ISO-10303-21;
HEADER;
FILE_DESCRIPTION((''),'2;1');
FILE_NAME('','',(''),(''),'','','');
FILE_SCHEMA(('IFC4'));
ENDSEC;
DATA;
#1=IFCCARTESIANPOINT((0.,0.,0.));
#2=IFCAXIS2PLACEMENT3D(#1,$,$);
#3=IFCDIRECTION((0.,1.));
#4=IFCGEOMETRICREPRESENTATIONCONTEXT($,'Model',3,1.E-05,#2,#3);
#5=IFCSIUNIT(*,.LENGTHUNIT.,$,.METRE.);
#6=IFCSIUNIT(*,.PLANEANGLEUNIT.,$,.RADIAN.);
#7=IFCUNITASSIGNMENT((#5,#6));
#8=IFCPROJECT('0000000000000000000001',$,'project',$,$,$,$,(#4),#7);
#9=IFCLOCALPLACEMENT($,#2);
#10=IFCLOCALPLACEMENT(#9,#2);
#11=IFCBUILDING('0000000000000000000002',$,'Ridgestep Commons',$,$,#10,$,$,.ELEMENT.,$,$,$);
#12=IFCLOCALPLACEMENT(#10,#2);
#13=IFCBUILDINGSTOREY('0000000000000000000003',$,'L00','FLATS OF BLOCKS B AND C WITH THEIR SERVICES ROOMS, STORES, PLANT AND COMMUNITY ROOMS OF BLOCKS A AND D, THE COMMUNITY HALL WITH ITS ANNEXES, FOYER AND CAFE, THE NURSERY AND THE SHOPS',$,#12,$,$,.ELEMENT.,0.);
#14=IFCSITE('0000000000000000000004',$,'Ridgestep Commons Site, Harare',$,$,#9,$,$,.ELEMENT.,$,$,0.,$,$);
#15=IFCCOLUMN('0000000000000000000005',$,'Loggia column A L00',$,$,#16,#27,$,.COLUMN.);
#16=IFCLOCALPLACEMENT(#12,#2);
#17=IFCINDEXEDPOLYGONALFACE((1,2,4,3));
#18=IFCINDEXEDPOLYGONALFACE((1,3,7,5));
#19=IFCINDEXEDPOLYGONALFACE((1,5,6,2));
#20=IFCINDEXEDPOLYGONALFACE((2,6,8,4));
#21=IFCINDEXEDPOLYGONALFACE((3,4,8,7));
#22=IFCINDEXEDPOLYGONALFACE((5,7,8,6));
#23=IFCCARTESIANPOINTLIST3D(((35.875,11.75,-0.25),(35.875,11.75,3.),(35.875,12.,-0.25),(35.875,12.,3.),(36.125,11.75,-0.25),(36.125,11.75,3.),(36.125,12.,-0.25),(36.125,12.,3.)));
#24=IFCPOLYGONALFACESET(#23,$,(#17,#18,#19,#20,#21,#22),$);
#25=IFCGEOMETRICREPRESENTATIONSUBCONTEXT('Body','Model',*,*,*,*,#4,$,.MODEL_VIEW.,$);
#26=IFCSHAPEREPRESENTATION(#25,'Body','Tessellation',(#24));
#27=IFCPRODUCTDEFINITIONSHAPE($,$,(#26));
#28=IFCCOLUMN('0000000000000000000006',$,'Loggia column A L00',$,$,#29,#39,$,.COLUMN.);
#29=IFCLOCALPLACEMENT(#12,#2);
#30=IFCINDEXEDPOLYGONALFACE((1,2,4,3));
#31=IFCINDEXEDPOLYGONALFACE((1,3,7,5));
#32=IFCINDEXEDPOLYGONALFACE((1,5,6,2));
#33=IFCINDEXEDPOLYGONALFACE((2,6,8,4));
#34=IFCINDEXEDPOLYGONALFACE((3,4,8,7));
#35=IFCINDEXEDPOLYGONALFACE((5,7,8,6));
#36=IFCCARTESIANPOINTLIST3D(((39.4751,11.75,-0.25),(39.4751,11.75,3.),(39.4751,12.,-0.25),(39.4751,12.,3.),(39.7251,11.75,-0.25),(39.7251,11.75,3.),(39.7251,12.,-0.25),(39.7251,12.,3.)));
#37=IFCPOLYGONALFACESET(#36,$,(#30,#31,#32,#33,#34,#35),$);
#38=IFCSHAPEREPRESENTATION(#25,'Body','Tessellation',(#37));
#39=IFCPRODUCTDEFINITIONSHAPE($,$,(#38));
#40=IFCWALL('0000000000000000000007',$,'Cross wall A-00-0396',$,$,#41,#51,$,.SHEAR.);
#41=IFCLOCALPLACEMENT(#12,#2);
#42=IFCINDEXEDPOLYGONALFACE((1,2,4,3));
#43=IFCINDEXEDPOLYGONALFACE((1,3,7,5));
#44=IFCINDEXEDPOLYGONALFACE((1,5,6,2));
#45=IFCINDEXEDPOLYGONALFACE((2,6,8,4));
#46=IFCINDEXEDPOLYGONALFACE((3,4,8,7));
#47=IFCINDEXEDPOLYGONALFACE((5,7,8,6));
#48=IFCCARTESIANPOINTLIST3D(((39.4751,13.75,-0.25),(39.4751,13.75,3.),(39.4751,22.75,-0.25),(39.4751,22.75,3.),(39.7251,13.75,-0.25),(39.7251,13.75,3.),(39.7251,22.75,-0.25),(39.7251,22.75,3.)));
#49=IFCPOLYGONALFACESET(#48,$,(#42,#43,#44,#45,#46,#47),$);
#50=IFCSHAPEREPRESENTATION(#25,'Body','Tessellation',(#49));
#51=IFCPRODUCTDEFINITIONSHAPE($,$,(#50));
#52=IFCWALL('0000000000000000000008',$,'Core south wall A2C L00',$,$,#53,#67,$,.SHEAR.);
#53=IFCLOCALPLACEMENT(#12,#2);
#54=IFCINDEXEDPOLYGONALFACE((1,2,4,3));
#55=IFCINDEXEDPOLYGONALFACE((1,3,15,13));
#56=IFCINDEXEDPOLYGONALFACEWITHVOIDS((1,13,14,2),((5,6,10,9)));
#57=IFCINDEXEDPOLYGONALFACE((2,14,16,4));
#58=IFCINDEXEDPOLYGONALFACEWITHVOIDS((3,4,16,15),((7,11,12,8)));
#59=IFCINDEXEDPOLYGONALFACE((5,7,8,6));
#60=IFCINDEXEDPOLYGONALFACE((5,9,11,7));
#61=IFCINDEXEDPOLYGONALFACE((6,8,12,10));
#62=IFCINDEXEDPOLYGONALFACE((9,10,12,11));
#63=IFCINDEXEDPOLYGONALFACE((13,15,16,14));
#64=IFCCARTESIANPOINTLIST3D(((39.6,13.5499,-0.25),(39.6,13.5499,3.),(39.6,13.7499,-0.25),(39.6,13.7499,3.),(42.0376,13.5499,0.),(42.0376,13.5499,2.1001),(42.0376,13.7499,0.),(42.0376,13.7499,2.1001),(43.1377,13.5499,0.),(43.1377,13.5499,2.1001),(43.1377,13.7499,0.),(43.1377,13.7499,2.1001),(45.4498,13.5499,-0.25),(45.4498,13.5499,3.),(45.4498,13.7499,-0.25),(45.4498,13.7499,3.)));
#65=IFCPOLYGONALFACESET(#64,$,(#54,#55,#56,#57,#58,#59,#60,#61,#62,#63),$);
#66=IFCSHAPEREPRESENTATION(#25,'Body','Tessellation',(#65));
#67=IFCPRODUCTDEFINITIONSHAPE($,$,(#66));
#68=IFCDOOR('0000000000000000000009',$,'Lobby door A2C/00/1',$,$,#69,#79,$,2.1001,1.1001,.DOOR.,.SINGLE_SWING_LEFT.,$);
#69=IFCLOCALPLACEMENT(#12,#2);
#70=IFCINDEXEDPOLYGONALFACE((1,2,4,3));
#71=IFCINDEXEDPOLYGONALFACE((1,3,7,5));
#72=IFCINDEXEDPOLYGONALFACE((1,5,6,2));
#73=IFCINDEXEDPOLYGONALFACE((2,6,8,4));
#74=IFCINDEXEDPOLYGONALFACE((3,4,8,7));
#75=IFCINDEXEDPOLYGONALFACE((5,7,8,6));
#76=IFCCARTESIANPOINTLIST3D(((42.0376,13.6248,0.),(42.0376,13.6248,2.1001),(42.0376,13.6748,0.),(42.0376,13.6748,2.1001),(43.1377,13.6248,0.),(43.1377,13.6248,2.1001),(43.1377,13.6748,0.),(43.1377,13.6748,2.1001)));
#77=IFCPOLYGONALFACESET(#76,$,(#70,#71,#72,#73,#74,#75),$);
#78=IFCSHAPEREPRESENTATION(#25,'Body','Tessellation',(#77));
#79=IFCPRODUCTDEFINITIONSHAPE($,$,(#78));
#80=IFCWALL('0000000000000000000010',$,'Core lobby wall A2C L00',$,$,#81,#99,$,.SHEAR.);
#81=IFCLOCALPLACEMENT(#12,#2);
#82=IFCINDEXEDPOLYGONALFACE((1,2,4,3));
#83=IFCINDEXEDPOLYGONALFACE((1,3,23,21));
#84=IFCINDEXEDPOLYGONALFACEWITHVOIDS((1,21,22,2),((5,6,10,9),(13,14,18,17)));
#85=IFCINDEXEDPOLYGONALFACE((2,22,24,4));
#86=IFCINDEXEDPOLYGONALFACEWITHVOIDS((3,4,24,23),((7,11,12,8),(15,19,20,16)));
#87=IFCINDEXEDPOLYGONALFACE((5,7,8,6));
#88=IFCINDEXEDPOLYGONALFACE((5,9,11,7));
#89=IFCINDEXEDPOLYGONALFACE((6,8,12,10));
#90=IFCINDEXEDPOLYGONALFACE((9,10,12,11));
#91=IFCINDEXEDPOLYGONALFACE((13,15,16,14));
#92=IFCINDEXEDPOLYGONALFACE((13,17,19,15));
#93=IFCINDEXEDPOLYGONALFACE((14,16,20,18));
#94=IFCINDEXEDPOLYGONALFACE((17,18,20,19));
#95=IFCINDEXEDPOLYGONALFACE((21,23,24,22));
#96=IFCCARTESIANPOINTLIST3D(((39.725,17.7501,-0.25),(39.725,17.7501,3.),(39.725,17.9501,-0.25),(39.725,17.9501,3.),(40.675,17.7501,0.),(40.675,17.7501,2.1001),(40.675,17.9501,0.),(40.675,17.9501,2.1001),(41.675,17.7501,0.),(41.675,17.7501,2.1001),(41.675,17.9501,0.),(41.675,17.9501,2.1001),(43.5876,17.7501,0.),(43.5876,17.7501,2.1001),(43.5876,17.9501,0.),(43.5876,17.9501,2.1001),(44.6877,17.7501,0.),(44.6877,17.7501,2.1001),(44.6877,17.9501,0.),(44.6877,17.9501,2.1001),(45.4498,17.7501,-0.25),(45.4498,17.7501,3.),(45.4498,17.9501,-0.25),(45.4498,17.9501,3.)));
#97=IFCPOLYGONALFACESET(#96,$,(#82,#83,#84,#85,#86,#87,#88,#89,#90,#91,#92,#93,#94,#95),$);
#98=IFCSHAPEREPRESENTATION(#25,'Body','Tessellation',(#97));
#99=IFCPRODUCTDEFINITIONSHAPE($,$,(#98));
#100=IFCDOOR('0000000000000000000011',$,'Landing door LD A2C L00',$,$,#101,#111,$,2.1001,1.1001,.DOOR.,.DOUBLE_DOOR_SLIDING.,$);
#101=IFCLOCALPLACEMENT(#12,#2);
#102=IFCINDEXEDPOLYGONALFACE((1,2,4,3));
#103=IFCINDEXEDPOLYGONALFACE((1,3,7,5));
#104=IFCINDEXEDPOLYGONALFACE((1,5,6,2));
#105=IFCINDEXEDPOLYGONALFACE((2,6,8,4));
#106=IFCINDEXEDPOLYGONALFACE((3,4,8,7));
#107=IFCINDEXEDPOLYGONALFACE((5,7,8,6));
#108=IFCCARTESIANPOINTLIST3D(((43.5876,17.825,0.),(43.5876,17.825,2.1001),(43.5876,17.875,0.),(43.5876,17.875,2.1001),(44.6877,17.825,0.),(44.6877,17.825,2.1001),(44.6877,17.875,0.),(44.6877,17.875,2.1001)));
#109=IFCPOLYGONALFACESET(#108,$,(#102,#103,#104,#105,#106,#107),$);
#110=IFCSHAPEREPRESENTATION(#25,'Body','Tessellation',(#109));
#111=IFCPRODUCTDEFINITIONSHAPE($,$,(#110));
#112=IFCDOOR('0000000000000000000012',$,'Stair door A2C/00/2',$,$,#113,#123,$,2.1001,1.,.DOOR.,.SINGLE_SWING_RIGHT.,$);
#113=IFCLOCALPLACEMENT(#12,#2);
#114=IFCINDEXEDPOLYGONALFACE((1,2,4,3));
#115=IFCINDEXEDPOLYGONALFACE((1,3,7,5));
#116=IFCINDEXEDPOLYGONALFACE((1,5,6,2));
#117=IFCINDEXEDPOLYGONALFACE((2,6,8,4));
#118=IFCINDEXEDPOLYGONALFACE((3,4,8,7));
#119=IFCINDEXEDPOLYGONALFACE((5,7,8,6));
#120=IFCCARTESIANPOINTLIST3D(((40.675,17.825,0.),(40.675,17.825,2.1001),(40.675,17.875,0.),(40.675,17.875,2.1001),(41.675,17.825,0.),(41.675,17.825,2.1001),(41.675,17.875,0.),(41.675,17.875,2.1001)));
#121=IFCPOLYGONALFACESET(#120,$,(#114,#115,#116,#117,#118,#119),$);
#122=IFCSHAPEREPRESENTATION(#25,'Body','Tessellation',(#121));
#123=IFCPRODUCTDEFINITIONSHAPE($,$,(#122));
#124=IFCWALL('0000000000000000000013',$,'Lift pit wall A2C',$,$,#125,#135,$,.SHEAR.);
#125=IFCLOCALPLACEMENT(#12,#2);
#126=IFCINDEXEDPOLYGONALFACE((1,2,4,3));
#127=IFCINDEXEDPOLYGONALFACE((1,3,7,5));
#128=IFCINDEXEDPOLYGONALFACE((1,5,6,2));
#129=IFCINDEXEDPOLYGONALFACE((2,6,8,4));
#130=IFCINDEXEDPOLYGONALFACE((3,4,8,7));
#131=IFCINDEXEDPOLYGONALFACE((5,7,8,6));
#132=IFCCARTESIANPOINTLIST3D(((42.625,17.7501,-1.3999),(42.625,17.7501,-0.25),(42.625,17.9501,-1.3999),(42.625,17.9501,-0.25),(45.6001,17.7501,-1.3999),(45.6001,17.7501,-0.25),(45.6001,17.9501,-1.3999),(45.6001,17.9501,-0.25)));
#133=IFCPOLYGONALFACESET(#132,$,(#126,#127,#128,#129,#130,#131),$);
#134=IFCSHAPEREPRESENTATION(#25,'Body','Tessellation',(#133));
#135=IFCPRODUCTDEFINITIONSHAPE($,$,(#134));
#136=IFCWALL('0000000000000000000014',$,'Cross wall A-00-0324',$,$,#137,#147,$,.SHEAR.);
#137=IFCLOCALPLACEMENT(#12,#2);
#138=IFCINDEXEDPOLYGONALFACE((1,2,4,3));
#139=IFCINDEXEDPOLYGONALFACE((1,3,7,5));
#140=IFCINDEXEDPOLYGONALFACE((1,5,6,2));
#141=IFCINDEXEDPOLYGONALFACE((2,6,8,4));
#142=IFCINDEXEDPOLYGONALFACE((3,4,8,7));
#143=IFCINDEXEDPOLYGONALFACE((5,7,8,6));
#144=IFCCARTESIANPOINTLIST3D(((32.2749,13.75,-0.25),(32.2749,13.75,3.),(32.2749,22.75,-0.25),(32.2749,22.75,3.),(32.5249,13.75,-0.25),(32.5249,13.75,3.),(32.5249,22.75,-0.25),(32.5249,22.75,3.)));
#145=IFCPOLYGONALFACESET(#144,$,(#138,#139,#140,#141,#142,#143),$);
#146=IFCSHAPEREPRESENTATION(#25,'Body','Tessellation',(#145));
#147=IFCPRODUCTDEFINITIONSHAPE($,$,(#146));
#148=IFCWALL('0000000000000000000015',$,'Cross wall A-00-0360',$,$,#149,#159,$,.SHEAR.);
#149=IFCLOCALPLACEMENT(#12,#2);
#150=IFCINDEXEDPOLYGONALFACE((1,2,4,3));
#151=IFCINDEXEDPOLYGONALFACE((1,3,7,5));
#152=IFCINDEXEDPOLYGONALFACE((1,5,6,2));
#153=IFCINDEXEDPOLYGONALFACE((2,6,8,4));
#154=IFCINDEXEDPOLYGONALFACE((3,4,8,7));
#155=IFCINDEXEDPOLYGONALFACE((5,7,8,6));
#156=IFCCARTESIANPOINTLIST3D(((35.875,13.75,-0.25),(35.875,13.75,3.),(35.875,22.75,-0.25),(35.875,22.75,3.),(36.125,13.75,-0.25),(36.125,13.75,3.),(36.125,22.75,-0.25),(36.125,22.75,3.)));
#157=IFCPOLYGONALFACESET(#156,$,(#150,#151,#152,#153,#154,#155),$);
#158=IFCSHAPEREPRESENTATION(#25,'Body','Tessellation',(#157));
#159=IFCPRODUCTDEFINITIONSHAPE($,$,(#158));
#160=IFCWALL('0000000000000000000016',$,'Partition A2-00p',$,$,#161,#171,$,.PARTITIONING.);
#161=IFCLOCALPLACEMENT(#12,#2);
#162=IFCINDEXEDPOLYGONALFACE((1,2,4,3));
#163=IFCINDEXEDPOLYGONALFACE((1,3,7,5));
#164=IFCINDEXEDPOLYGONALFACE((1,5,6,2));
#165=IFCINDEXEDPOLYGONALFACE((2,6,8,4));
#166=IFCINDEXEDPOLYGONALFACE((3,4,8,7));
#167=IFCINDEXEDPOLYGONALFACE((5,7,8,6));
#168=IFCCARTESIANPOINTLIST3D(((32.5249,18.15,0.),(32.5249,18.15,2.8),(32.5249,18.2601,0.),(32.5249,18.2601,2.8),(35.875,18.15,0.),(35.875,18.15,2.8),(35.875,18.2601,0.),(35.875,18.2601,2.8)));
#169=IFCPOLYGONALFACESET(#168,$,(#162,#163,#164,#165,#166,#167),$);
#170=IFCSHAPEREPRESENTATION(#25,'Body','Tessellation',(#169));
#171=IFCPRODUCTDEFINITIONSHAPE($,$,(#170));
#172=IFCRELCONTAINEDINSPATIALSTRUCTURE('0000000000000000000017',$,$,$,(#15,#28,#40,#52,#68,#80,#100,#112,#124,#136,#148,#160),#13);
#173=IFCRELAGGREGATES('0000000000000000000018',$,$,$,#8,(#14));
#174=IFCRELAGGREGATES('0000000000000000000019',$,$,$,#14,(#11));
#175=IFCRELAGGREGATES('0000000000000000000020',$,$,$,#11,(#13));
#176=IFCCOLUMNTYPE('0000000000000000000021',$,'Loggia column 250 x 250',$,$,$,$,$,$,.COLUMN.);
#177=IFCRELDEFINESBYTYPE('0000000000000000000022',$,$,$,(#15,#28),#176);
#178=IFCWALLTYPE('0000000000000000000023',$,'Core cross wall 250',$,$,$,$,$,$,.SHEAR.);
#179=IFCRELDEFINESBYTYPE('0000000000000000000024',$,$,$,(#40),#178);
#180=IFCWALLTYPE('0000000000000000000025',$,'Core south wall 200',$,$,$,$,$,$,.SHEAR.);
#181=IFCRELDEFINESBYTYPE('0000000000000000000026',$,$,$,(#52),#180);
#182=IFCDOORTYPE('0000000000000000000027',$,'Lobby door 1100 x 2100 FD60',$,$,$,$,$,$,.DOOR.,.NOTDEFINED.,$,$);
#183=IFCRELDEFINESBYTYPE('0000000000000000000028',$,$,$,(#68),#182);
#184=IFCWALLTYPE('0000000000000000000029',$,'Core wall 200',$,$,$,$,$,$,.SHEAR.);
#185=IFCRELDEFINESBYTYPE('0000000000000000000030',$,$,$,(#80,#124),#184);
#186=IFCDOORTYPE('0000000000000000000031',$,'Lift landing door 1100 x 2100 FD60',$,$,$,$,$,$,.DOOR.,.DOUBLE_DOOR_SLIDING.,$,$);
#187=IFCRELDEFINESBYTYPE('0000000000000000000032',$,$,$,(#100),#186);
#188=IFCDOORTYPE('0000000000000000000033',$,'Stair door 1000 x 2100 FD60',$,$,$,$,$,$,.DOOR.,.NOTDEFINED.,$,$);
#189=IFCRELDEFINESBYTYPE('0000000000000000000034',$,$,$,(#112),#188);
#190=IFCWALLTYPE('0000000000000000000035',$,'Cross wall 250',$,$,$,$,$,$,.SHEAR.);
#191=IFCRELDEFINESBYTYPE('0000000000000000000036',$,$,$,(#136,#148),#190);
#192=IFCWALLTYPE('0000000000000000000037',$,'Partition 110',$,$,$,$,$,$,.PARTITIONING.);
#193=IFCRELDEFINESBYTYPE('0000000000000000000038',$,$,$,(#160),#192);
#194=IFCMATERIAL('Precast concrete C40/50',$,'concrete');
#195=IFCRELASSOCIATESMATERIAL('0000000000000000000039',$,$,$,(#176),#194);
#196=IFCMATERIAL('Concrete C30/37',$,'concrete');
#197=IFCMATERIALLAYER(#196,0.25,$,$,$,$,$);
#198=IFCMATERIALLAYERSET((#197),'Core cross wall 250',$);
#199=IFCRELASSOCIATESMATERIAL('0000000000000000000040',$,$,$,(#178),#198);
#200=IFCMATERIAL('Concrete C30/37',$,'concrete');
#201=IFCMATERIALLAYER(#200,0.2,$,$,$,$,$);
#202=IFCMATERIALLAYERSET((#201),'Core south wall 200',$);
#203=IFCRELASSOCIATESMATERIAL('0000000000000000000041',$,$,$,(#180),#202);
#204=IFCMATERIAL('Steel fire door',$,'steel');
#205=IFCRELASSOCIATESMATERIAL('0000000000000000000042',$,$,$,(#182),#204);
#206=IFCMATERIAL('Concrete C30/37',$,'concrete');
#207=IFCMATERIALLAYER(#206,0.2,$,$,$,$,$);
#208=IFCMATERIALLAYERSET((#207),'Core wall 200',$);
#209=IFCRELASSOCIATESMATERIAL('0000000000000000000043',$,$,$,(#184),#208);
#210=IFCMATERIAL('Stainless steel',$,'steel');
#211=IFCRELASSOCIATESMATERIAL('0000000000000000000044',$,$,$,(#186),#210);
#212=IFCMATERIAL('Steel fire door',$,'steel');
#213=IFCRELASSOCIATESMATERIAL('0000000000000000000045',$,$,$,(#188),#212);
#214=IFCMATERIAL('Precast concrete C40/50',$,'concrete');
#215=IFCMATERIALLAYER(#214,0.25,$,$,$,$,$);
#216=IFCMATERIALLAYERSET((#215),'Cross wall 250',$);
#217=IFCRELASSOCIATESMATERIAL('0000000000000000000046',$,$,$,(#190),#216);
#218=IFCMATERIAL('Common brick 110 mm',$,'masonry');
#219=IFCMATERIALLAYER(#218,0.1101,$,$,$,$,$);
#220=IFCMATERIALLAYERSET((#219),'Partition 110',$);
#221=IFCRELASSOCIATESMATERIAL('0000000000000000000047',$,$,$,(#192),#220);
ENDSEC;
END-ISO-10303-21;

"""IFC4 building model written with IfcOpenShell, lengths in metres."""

from ifc_helpers import new_model, si_unit, direction, frame, frame_2d, origin, origin_2d, place, context, subcontext, project, spatial, rectangle, extrude, material, layer, layer_set, material_profile, profile_set, type_object, element, fill, save


model = new_model("IFC4")

# Units and contexts
model_context = context("Model", 3, precision=1e-05, world=origin(), true_north=direction((0.0, 1.0)))
body_context = subcontext(model_context, "Body", "Model", "MODEL_VIEW")
ifc_project = project(units=[si_unit("LENGTHUNIT", "METRE"), si_unit("PLANEANGLEUNIT", "RADIAN")], contexts=[model_context])

# Site, building, storey
site_placement = place(None, origin())
site = spatial("IfcSite", under=ifc_project, at=site_placement, Name="Ridgestep Commons Site, Harare", CompositionType="ELEMENT", RefElevation=0.0)
building_placement = place(site_placement, origin())
building = spatial("IfcBuilding", under=site, at=building_placement, Name="Ridgestep Commons", CompositionType="ELEMENT")
storey_placement = place(building_placement, origin())
storey = spatial("IfcBuildingStorey", under=building, at=storey_placement, Name="L00", Description="FLATS OF BLOCKS B AND C WITH THEIR SERVICES ROOMS, STORES, PLANT AND COMMUNITY ROOMS OF BLOCKS A AND D, THE COMMUNITY HALL WITH ITS ANNEXES, FOYER AND CAFE, THE NURSERY AND THE SHOPS", CompositionType="ELEMENT", Elevation=0.0)

# Columns
ifc_material_1 = material(Name="Precast concrete C40/50", Category="concrete")
ifc_material_profile = material_profile(ifc_material_1, rectangle(XDim=0.25, YDim=0.25, at=origin_2d()), Name="PC 250x250")
ifc_profile_set = profile_set([ifc_material_profile], Name="Precast concrete C40/50")
column_type = type_object("IfcColumnType", Name="Loggia column 250 x 250", PredefinedType="COLUMN", material=ifc_profile_set)
for number, where, z_axis, x_axis, name in (
    (1, (36.0, 11.875, -0.25), (0.0, 0.0, 1.0), (1.0, 0.0, 0.0), "Loggia column A L00"),
    (2, (39.6001, 11.875, -0.25), (0.0, 0.0, 1.0), (1.0, 0.0, 0.0), "Loggia column A L00"),
):
    element("IfcColumn", number, at=place(storey_placement, frame(where, z_axis=z_axis, x_axis=x_axis)), inside=storey, type_object=column_type, Name=name, PredefinedType="COLUMN", context=body_context, shape_type="SweptSolid", body=[
        extrude(rectangle(XDim=0.25, YDim=0.25, at=origin_2d()), origin(), (0.0, 0.0, 1.0), 3.25),
    ])

# Wall
ifc_material_2 = material(Name="Concrete C30/37", Category="concrete")
ifc_layer_1 = layer(ifc_material_2, 0.25)
ifc_layer_set_1 = layer_set([ifc_layer_1], Name="Core cross wall 250")
wall_type_1 = type_object("IfcWallType", Name="Core cross wall 250", PredefinedType="SHEAR", material=ifc_layer_set_1)
wall_1_placement = place(storey_placement, frame((39.6001, 13.75, -0.25), z_axis=(0.0, 0.0, 1.0), x_axis=(0.0, 1.0, 0.0)))
element("IfcWall", 3, at=wall_1_placement, inside=storey, type_object=wall_type_1, Name="Cross wall A-00-0396", PredefinedType="SHEAR", context=body_context, shape_type="SweptSolid", body=[
    extrude(rectangle(XDim=9.0, YDim=0.25, at=frame_2d((4.5, 0.0))), origin(), (0.0, 0.0, 1.0), 3.25),
])

# Wall, opening, door
ifc_material_3 = material(Name="Concrete C30/37", Category="concrete")
ifc_layer_2 = layer(ifc_material_3, 0.2)
ifc_layer_set_2 = layer_set([ifc_layer_2], Name="Core south wall 200")
wall_type_2 = type_object("IfcWallType", Name="Core south wall 200", PredefinedType="SHEAR", material=ifc_layer_set_2)
wall_2_placement = place(storey_placement, frame((39.6001, 13.6499, -0.25), z_axis=(0.0, 0.0, 1.0), x_axis=(1.0, 0.0, 0.0)))
wall_2 = element("IfcWall", 4, at=wall_2_placement, inside=storey, type_object=wall_type_2, Name="Core south wall A2C L00", PredefinedType="SHEAR", context=body_context, shape_type="SweptSolid", body=[
    extrude(rectangle(XDim=5.8499, YDim=0.2, at=frame_2d((2.9248, 0.0))), origin(), (0.0, 0.0, 1.0), 3.25),
])
opening_1_placement = place(wall_2_placement, frame((2.4375, 0.0, 0.25)))
opening_1 = element("IfcOpeningElement", 5, at=opening_1_placement, cuts=wall_2, PredefinedType="OPENING", context=body_context, shape_type="SweptSolid", body=[
    extrude(rectangle(XDim=1.1001, YDim=2.1001, at=frame_2d((0.55, 1.05))), frame((0.0, 0.1099, 0.0), z_axis=(0.0, -1.0, 0.0), x_axis=(1.0, 0.0, 0.0)), (0.0, 0.0, 1.0), 0.22),
])
ifc_material_4 = material(Name="Steel fire door", Category="steel")
door_type_1 = type_object("IfcDoorType", Name="Lobby door 1100 x 2100 FD60", OperationType="NOTDEFINED", PredefinedType="DOOR", material=ifc_material_4)
door_1_placement = place(opening_1_placement, origin())
door_1 = element("IfcDoor", 6, at=door_1_placement, inside=storey, type_object=door_type_1, Name="Lobby door A2C/00/1", OperationType="SINGLE_SWING_LEFT", OverallHeight=2.1001, OverallWidth=1.1001, PredefinedType="DOOR", context=body_context, shape_type="SweptSolid", body=[
    extrude(rectangle(XDim=1.1001, YDim=2.1001, at=frame_2d((0.55, 1.05))), frame((0.0, 0.0249, 0.0), z_axis=(0.0, -1.0, 0.0), x_axis=(1.0, 0.0, 0.0)), (0.0, 0.0, 1.0), 0.05),
])
fill(opening_1, door_1)

# Wall, openings, doors
ifc_material_5 = material(Name="Concrete C30/37", Category="concrete")
ifc_layer_3 = layer(ifc_material_5, 0.2)
ifc_layer_set_3 = layer_set([ifc_layer_3], Name="Core wall 200")
wall_type_3 = type_object("IfcWallType", Name="Core wall 200", PredefinedType="SHEAR", material=ifc_layer_set_3)
wall_3_placement = place(storey_placement, frame((39.7251, 17.8501, -0.25), z_axis=(0.0, 0.0, 1.0), x_axis=(1.0, 0.0, 0.0)))
wall_3 = element("IfcWall", 7, at=wall_3_placement, inside=storey, type_object=wall_type_3, Name="Core lobby wall A2C L00", PredefinedType="SHEAR", context=body_context, shape_type="SweptSolid", body=[
    extrude(rectangle(XDim=5.7249, YDim=0.2, at=frame_2d((2.8623, 0.0))), origin(), (0.0, 0.0, 1.0), 3.25),
])
opening_2_placement = place(wall_3_placement, frame((0.95, 0.0, 0.25)))
opening_2 = element("IfcOpeningElement", 8, at=opening_2_placement, cuts=wall_3, PredefinedType="OPENING", context=body_context, shape_type="SweptSolid", body=[
    extrude(rectangle(XDim=1.0, YDim=2.1001, at=frame_2d((0.5, 1.05))), frame((0.0, 0.1099, 0.0), z_axis=(0.0, -1.0, 0.0), x_axis=(1.0, 0.0, 0.0)), (0.0, 0.0, 1.0), 0.22),
])
opening_3_placement = place(wall_3_placement, frame((3.8625, 0.0, 0.25)))
opening_3 = element("IfcOpeningElement", 9, at=opening_3_placement, cuts=wall_3, PredefinedType="OPENING", context=body_context, shape_type="SweptSolid", body=[
    extrude(rectangle(XDim=1.1001, YDim=2.1001, at=frame_2d((0.55, 1.05))), frame((0.0, 0.1099, 0.0), z_axis=(0.0, -1.0, 0.0), x_axis=(1.0, 0.0, 0.0)), (0.0, 0.0, 1.0), 0.22),
])
ifc_material_6 = material(Name="Stainless steel", Category="steel")
door_type_2 = type_object("IfcDoorType", Name="Lift landing door 1100 x 2100 FD60", OperationType="DOUBLE_DOOR_SLIDING", PredefinedType="DOOR", material=ifc_material_6)
door_2_placement = place(opening_3_placement, origin())
door_2 = element("IfcDoor", 10, at=door_2_placement, inside=storey, type_object=door_type_2, Name="Landing door LD A2C L00", OperationType="DOUBLE_DOOR_SLIDING", OverallHeight=2.1001, OverallWidth=1.1001, PredefinedType="DOOR", context=body_context, shape_type="SweptSolid", body=[
    extrude(rectangle(XDim=1.1001, YDim=2.1001, at=frame_2d((0.55, 1.05))), frame((0.0, 0.0249, 0.0), z_axis=(0.0, -1.0, 0.0), x_axis=(1.0, 0.0, 0.0)), (0.0, 0.0, 1.0), 0.05),
])
fill(opening_3, door_2)
ifc_material_7 = material(Name="Steel fire door", Category="steel")
door_type_3 = type_object("IfcDoorType", Name="Stair door 1000 x 2100 FD60", OperationType="NOTDEFINED", PredefinedType="DOOR", material=ifc_material_7)
door_3_placement = place(opening_2_placement, origin())
door_3 = element("IfcDoor", 11, at=door_3_placement, inside=storey, type_object=door_type_3, Name="Stair door A2C/00/2", OperationType="SINGLE_SWING_RIGHT", OverallHeight=2.1001, OverallWidth=1.0, PredefinedType="DOOR", context=body_context, shape_type="SweptSolid", body=[
    extrude(rectangle(XDim=1.0, YDim=2.1001, at=frame_2d((0.5, 1.05))), frame((0.0, 0.0249, 0.0), z_axis=(0.0, -1.0, 0.0), x_axis=(1.0, 0.0, 0.0)), (0.0, 0.0, 1.0), 0.05),
])
fill(opening_2, door_3)

# Walls
wall_4_placement = place(storey_placement, frame((42.625, 17.8501, -1.3999), z_axis=(0.0, 0.0, 1.0), x_axis=(1.0, 0.0, 0.0)))
element("IfcWall", 12, at=wall_4_placement, inside=storey, type_object=wall_type_3, Name="Lift pit wall A2C", PredefinedType="SHEAR", context=body_context, shape_type="SweptSolid", body=[
    extrude(rectangle(XDim=2.9751, YDim=0.2, at=frame_2d((1.4875, 0.0))), origin(), (0.0, 0.0, 1.0), 1.1499),
])
ifc_material_8 = material(Name="Precast concrete C40/50", Category="concrete")
ifc_layer_4 = layer(ifc_material_8, 0.25)
ifc_layer_set_4 = layer_set([ifc_layer_4], Name="Cross wall 250")
wall_type_4 = type_object("IfcWallType", Name="Cross wall 250", PredefinedType="SHEAR", material=ifc_layer_set_4)
for number, where, z_axis, x_axis, name in (
    (13, (32.3999, 13.75, -0.25), (0.0, 0.0, 1.0), (0.0, 1.0, 0.0), "Cross wall A-00-0324"),
    (14, (36.0, 13.75, -0.25), (0.0, 0.0, 1.0), (0.0, 1.0, 0.0), "Cross wall A-00-0360"),
):
    element("IfcWall", number, at=place(storey_placement, frame(where, z_axis=z_axis, x_axis=x_axis)), inside=storey, type_object=wall_type_4, Name=name, PredefinedType="SHEAR", context=body_context, shape_type="SweptSolid", body=[
        extrude(rectangle(XDim=9.0, YDim=0.25, at=frame_2d((4.5, 0.0))), origin(), (0.0, 0.0, 1.0), 3.25),
    ])
ifc_material_9 = material(Name="Common brick 110 mm", Category="masonry")
ifc_layer_5 = layer(ifc_material_9, 0.1101)
ifc_layer_set_5 = layer_set([ifc_layer_5], Name="Partition 110")
wall_type_5 = type_object("IfcWallType", Name="Partition 110", PredefinedType="PARTITIONING", material=ifc_layer_set_5)
wall_5_placement = place(storey_placement, frame((32.5249, 18.2051, 0.0), z_axis=(0.0, 0.0, 1.0), x_axis=(1.0, 0.0, 0.0)))
element("IfcWall", 15, at=wall_5_placement, inside=storey, type_object=wall_type_5, Name="Partition A2-00p", PredefinedType="PARTITIONING", context=body_context, shape_type="SweptSolid", body=[
    extrude(rectangle(XDim=3.3501, YDim=0.1101, at=frame_2d((1.675, 0.0))), origin(), (0.0, 0.0, 1.0), 2.8),
])

save(model, "model.ifc")
